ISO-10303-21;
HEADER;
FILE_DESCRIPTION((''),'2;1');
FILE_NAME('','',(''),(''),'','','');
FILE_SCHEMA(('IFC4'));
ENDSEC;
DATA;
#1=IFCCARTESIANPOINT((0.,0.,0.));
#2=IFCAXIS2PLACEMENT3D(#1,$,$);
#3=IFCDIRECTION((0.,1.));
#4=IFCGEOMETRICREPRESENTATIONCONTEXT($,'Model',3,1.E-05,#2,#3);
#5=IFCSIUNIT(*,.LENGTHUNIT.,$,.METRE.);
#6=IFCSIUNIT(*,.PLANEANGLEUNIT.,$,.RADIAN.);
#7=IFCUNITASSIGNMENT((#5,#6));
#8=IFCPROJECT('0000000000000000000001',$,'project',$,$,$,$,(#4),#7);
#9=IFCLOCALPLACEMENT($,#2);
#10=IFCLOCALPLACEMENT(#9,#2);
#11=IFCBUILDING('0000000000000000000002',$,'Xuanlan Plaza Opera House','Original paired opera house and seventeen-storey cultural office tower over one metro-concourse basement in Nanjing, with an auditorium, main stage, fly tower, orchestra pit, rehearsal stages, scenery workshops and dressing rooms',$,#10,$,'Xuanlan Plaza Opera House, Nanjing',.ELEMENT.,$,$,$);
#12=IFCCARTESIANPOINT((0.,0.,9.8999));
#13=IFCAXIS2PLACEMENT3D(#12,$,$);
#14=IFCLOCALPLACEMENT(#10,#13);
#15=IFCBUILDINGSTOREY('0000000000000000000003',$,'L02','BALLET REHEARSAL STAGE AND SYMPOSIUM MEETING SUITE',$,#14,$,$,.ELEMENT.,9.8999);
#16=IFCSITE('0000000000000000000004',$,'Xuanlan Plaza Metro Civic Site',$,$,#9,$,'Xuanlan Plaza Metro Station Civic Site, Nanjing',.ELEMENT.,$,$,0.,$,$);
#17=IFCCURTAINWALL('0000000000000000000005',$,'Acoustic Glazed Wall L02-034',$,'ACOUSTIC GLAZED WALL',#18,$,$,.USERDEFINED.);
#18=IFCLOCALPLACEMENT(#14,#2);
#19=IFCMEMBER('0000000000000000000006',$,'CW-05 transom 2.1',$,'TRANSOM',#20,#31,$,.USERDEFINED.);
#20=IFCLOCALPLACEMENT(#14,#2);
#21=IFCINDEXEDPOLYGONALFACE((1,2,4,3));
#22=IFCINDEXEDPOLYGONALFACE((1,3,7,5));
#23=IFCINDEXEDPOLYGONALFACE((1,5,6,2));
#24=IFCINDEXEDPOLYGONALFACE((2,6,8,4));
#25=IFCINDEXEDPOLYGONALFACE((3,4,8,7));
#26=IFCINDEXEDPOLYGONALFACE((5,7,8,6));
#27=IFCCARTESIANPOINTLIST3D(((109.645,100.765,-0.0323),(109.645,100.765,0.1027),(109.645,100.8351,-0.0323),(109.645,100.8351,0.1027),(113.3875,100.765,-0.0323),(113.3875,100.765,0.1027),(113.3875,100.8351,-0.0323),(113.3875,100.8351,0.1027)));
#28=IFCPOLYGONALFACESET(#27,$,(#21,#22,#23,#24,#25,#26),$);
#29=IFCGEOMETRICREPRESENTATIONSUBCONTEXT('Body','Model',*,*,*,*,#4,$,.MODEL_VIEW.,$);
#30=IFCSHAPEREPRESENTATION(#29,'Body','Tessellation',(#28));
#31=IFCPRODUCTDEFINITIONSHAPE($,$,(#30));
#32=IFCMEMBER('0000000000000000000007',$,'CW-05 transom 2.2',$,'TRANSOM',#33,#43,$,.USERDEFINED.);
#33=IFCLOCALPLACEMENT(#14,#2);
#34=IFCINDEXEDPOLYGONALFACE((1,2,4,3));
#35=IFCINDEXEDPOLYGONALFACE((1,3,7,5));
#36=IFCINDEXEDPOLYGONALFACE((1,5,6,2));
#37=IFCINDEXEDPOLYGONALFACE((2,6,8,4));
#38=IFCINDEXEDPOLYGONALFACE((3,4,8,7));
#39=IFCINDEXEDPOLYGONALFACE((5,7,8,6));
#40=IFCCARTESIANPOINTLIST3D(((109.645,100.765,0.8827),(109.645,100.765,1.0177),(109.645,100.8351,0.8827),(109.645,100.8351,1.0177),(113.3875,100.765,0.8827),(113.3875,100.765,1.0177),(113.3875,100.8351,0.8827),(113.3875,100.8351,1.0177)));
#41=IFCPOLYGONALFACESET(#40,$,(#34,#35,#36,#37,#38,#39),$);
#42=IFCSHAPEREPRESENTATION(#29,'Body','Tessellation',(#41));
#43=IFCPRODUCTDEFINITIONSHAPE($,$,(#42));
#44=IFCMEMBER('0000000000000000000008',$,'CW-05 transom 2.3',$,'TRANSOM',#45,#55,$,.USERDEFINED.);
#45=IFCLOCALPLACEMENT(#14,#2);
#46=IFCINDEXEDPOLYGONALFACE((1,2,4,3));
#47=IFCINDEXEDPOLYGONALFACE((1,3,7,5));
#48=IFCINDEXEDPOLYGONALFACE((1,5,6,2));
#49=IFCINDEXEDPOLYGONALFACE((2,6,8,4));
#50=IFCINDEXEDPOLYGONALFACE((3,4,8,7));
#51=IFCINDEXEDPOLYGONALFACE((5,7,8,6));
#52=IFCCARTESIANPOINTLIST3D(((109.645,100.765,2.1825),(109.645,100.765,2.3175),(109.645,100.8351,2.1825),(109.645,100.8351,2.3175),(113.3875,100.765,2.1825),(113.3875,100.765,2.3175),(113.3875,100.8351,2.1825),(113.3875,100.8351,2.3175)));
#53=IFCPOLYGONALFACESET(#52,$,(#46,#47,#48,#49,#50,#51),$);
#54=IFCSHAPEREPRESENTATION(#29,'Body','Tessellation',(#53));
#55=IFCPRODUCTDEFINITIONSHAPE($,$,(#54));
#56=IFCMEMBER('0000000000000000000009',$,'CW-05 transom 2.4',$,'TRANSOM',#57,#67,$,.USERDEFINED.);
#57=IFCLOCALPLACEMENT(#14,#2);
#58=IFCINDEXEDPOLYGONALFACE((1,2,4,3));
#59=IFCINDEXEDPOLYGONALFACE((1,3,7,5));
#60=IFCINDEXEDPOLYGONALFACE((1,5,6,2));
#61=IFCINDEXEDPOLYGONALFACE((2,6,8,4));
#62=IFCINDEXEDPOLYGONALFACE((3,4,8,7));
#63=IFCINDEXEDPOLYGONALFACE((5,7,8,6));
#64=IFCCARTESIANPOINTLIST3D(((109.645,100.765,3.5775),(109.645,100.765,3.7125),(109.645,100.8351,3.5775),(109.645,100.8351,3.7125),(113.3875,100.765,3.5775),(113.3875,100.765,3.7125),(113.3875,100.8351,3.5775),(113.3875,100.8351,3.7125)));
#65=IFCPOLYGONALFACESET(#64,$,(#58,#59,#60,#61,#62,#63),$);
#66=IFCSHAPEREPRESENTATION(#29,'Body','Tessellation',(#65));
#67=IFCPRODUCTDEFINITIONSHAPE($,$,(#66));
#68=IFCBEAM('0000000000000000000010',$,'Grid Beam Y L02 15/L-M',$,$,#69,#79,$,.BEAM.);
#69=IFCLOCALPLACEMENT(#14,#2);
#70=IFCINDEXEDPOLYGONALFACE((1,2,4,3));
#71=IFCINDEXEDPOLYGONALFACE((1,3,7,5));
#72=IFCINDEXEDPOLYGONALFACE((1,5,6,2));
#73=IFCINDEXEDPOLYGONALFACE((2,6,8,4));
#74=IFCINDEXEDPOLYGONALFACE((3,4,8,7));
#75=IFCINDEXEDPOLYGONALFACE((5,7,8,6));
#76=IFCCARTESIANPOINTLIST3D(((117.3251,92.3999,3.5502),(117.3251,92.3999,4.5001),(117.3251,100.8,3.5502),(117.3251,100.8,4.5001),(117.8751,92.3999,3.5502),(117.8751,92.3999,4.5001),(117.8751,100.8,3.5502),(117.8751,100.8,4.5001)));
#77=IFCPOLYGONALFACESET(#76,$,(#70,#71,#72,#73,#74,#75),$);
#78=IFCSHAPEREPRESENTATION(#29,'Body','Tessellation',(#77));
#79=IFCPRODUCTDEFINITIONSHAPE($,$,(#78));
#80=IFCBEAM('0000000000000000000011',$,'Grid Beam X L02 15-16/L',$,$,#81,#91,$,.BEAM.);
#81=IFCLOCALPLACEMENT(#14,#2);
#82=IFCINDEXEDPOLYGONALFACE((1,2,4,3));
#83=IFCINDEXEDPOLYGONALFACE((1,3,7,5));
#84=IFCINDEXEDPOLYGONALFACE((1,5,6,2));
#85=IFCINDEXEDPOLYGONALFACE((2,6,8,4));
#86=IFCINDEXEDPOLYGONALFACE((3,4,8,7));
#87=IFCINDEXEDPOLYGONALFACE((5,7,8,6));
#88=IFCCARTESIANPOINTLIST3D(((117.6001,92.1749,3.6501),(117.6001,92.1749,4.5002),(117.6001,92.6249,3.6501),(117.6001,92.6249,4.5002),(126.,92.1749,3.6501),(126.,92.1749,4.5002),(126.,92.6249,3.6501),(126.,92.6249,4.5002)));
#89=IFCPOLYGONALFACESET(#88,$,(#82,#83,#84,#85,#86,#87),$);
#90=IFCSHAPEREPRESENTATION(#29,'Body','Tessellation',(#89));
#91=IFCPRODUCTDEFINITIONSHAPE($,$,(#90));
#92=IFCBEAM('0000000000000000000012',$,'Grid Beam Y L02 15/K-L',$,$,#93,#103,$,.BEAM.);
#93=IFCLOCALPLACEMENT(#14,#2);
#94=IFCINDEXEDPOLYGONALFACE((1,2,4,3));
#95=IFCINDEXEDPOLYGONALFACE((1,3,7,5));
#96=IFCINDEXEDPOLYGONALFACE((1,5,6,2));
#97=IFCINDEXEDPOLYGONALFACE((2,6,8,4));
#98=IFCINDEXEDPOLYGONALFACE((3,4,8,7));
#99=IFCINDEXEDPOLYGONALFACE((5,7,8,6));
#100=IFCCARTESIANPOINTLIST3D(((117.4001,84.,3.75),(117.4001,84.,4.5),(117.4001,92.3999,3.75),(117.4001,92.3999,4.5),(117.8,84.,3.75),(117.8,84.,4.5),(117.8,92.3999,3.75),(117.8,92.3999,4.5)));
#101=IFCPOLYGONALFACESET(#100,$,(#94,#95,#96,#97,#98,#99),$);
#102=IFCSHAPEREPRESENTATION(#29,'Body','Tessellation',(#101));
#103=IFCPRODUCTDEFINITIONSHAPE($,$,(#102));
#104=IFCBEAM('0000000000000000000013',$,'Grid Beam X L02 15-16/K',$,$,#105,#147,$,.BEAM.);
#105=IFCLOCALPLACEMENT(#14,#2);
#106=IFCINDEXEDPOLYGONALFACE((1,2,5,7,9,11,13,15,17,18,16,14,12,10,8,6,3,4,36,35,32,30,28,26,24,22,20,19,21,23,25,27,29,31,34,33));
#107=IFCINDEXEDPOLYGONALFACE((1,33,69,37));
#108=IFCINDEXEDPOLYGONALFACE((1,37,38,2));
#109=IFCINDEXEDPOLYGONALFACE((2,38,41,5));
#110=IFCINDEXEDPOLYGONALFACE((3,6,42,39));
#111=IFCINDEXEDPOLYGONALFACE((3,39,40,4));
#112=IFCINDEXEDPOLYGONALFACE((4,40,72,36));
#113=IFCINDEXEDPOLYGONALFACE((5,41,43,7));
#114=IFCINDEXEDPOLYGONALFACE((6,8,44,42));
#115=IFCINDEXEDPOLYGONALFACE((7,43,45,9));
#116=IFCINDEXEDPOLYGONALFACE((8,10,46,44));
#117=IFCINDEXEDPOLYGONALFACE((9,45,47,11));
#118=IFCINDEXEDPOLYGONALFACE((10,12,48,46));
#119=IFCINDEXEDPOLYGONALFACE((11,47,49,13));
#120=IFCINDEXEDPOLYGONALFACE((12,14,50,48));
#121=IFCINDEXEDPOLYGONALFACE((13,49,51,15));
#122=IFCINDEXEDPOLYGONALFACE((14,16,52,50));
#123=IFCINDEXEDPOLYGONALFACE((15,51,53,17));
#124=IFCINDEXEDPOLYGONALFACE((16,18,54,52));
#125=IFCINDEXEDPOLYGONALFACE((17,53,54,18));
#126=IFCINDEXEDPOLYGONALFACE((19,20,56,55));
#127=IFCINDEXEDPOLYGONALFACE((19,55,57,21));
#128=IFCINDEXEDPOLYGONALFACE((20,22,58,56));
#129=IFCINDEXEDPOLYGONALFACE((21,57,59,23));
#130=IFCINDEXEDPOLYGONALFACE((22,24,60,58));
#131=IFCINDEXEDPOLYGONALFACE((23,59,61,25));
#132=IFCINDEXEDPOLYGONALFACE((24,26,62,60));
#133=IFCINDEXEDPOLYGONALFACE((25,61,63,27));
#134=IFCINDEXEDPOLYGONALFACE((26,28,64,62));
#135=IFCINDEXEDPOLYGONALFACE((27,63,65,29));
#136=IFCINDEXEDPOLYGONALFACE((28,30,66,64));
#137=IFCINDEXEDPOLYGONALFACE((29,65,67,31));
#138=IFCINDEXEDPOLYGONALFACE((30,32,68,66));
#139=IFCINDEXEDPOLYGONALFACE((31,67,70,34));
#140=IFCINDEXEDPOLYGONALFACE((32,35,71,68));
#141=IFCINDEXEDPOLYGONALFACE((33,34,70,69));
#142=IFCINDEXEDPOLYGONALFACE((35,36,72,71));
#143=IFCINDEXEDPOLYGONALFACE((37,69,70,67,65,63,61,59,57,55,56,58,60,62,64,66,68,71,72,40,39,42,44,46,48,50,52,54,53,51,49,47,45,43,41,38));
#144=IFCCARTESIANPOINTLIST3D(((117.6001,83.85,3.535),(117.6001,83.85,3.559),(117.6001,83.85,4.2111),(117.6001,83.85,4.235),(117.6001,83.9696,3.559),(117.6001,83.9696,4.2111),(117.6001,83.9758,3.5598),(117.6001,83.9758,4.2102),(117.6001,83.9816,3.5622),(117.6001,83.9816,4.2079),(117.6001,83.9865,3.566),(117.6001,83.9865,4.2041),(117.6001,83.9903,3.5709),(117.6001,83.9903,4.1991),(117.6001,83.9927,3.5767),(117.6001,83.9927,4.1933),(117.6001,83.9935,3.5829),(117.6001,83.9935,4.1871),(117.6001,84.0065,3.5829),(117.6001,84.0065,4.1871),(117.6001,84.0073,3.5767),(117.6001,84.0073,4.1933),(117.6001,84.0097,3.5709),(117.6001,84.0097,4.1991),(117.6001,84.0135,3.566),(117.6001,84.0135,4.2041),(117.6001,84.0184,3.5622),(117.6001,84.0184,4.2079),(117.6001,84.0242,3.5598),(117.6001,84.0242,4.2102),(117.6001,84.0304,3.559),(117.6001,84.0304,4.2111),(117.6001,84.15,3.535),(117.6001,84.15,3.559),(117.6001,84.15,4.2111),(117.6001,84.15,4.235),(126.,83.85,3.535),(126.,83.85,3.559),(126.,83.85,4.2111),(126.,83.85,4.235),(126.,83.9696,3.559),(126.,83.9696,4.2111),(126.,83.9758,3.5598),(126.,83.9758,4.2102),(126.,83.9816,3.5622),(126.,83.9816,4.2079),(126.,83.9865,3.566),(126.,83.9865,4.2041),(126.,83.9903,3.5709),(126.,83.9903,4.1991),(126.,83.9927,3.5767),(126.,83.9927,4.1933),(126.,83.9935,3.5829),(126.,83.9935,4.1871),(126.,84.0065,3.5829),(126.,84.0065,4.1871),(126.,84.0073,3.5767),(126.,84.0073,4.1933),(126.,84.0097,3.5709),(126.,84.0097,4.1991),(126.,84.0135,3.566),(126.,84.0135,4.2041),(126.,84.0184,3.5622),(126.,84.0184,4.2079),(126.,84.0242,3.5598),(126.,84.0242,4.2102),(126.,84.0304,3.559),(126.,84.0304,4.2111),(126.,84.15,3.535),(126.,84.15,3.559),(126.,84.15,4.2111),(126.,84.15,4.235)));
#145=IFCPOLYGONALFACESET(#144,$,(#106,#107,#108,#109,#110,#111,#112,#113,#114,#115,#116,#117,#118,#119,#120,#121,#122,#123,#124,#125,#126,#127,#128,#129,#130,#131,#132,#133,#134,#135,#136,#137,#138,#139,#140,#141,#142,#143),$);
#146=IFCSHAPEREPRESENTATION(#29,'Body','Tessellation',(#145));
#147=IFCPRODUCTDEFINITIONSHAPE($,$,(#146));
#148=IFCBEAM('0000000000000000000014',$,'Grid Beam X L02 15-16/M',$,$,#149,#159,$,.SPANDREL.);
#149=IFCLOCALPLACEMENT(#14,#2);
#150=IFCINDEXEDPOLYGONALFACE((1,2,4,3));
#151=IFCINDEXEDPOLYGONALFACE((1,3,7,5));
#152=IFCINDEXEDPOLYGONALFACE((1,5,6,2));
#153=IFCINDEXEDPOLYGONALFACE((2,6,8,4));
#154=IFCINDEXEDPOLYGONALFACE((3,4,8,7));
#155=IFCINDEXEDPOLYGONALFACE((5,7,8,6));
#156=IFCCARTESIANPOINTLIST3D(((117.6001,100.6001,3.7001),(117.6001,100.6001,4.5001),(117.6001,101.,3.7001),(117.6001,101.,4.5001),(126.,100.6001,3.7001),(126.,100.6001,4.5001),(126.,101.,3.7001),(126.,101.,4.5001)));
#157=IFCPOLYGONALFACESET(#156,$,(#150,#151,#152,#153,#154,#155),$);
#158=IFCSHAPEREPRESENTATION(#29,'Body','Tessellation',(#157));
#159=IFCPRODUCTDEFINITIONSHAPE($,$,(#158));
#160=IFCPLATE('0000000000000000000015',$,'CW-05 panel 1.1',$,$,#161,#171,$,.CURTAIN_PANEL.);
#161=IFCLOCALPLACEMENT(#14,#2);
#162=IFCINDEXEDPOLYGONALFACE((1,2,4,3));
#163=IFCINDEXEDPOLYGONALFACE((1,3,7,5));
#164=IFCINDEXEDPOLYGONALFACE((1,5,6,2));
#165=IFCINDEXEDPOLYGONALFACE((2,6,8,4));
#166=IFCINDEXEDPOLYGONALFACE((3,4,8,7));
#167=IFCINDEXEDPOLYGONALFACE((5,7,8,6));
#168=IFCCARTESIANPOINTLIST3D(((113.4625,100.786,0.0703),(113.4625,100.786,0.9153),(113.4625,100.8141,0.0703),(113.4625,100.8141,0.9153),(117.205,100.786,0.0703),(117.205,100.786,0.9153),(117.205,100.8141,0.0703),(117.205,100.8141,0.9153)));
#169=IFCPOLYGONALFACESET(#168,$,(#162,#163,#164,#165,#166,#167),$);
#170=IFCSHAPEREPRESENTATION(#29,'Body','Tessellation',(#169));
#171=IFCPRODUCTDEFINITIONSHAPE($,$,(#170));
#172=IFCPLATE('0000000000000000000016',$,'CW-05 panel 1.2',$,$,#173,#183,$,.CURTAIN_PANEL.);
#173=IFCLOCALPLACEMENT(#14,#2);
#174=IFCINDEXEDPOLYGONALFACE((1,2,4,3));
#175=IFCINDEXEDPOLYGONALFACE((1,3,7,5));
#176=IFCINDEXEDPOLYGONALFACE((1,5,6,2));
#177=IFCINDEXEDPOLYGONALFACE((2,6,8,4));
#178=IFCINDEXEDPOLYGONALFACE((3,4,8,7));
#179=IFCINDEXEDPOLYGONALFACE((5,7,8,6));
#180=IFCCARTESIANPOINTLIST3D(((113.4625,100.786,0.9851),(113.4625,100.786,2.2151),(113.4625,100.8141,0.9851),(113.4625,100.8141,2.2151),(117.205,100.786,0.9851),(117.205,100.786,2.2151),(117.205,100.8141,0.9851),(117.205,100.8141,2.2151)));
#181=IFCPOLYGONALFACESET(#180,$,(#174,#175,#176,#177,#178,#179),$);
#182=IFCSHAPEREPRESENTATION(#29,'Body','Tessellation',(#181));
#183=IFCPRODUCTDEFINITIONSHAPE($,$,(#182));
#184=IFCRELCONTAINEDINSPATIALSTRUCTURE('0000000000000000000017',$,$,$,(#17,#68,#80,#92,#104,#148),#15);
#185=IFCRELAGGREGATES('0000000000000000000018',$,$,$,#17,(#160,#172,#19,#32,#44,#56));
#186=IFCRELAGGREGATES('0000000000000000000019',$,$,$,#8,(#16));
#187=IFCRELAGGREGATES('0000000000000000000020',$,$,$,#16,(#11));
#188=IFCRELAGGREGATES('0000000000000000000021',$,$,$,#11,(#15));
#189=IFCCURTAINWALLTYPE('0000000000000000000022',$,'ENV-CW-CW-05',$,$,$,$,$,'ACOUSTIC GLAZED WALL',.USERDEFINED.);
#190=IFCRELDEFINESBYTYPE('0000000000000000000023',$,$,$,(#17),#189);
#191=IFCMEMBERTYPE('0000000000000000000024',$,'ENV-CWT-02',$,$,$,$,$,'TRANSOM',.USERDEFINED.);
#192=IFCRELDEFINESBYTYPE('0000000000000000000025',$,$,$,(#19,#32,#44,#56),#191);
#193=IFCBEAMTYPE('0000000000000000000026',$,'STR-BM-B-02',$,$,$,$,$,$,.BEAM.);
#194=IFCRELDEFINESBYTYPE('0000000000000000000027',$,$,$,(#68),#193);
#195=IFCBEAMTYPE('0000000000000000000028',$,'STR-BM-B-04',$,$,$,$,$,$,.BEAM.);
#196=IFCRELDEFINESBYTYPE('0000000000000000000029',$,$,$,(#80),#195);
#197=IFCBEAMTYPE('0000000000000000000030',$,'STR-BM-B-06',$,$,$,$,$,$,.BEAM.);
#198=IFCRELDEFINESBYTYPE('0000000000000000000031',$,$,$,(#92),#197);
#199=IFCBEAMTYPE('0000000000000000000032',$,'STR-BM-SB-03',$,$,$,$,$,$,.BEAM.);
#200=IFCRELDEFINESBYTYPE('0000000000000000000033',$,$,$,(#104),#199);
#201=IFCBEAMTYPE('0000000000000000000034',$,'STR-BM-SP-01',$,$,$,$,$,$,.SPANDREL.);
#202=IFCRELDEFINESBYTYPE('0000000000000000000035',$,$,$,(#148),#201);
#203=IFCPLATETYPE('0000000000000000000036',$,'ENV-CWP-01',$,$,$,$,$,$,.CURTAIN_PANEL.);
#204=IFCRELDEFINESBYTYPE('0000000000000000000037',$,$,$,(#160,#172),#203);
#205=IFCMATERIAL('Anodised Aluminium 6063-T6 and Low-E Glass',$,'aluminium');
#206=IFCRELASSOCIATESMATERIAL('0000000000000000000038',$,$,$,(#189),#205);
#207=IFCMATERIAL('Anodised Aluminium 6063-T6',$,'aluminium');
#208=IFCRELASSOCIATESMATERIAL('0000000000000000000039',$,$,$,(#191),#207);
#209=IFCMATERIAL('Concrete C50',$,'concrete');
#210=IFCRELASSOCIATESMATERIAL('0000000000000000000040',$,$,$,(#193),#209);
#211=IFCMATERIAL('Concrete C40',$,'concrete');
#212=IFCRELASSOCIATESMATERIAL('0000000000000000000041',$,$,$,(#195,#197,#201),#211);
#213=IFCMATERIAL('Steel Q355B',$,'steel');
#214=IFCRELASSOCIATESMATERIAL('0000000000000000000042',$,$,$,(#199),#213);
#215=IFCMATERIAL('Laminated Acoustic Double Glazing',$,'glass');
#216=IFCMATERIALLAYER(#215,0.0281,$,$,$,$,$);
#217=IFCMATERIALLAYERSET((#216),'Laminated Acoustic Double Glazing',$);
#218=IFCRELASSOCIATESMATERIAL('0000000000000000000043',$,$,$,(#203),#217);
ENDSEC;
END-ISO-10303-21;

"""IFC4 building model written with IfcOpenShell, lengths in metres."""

from ifc_helpers import new_model, si_unit, direction, frame, origin, origin_2d, place, context, subcontext, project, spatial, rectangle, i_section, extrude, material, layer, layer_set, material_profile, profile_set, type_object, element, aggregate, save


model = new_model("IFC4")

# Units and contexts
model_context = context("Model", 3, precision=1e-05, world=origin(), true_north=direction((0.0, 1.0)))
body_context = subcontext(model_context, "Body", "Model", "MODEL_VIEW")
ifc_project = project(units=[si_unit("LENGTHUNIT", "METRE"), si_unit("PLANEANGLEUNIT", "RADIAN")], contexts=[model_context])

# Site, building, storey
site_placement = place(None, origin())
site = spatial("IfcSite", under=ifc_project, at=site_placement, Name="Xuanlan Plaza Metro Civic Site", LongName="Xuanlan Plaza Metro Station Civic Site, Nanjing", CompositionType="ELEMENT", RefElevation=0.0)
building_placement = place(site_placement, origin())
building = spatial("IfcBuilding", under=site, at=building_placement, Name="Xuanlan Plaza Opera House", Description="Original paired opera house and seventeen-storey cultural office tower over one metro-concourse basement in Nanjing, with an auditorium, main stage, fly tower, orchestra pit, rehearsal stages, scenery workshops and dressing rooms", LongName="Xuanlan Plaza Opera House, Nanjing", CompositionType="ELEMENT")
storey_placement = place(building_placement, frame((0.0, 0.0, 9.8999)))
storey = spatial("IfcBuildingStorey", under=building, at=storey_placement, Name="L02", Description="BALLET REHEARSAL STAGE AND SYMPOSIUM MEETING SUITE", CompositionType="ELEMENT", Elevation=9.8999)

# Shared definitions
ifc_material_1 = material(Name="Concrete C40", Category="concrete")
ifc_material_2 = material(Name="Steel Q355B", Category="steel")

# Shared definitions
ifc_material_3 = material(Name="Anodised Aluminium 6063-T6 and Low-E Glass", Category="aluminium")
ifc_material_4 = material(Name="Anodised Aluminium 6063-T6", Category="aluminium")

# Curtain wall, members
curtain_wall_type_1 = type_object("IfcCurtainWallType", Name="ENV-CW-CW-05", ElementType="ACOUSTIC GLAZED WALL", PredefinedType="USERDEFINED", material=ifc_material_3)
curtain_wall_1_placement = place(storey_placement, origin())
curtain_wall_1 = element("IfcCurtainWall", 1, at=curtain_wall_1_placement, inside=storey, type_object=curtain_wall_type_1, Name="Acoustic Glazed Wall L02-034", ObjectType="ACOUSTIC GLAZED WALL", PredefinedType="USERDEFINED")
ifc_material_profile_1 = material_profile(ifc_material_4, rectangle(XDim=0.0701, YDim=0.135, at=origin_2d()), Name="ALU-T 70x135")
ifc_profile_set_1 = profile_set([ifc_material_profile_1], Name="Anodised Aluminium 6063-T6")
member_type_1 = type_object("IfcMemberType", Name="ENV-CWT-02", ElementType="TRANSOM", PredefinedType="USERDEFINED", material=ifc_profile_set_1)
member_1_placement = place(storey_placement, frame((113.3875, 100.8, 0.0352), z_axis=(-1.0, 0.0, 0.0), x_axis=(0.0, -1.0, 0.0)))
member_1 = element("IfcMember", 2, at=member_1_placement, type_object=member_type_1, Name="CW-05 transom 2.1", ObjectType="TRANSOM", PredefinedType="USERDEFINED", context=body_context, shape_type="SweptSolid", body=[
    extrude(rectangle(XDim=0.0701, YDim=0.135, at=origin_2d()), origin(), (0.0, 0.0, 1.0), 3.7424),
])
member_2_placement = place(storey_placement, frame((113.3875, 100.8, 0.9502), z_axis=(-1.0, 0.0, 0.0), x_axis=(0.0, -1.0, 0.0)))
member_2 = element("IfcMember", 3, at=member_2_placement, type_object=member_type_1, Name="CW-05 transom 2.2", ObjectType="TRANSOM", PredefinedType="USERDEFINED", context=body_context, shape_type="SweptSolid", body=[
    extrude(rectangle(XDim=0.0701, YDim=0.135, at=origin_2d()), origin(), (0.0, 0.0, 1.0), 3.7424),
])
member_3_placement = place(storey_placement, frame((113.3875, 100.8, 2.25), z_axis=(-1.0, 0.0, 0.0), x_axis=(0.0, -1.0, 0.0)))
member_3 = element("IfcMember", 4, at=member_3_placement, type_object=member_type_1, Name="CW-05 transom 2.3", ObjectType="TRANSOM", PredefinedType="USERDEFINED", context=body_context, shape_type="SweptSolid", body=[
    extrude(rectangle(XDim=0.0701, YDim=0.135, at=origin_2d()), origin(), (0.0, 0.0, 1.0), 3.7424),
])
member_4_placement = place(storey_placement, frame((113.3875, 100.8, 3.645), z_axis=(-1.0, 0.0, 0.0), x_axis=(0.0, -1.0, 0.0)))
member_4 = element("IfcMember", 5, at=member_4_placement, type_object=member_type_1, Name="CW-05 transom 2.4", ObjectType="TRANSOM", PredefinedType="USERDEFINED", context=body_context, shape_type="SweptSolid", body=[
    extrude(rectangle(XDim=0.0701, YDim=0.135, at=origin_2d()), origin(), (0.0, 0.0, 1.0), 3.7424),
])

# Beams
ifc_material_5 = material(Name="Concrete C50", Category="concrete")
ifc_material_profile_2 = material_profile(ifc_material_5, rectangle(XDim=0.55, YDim=0.95, at=origin_2d()), Name="RC-BM 550x950")
ifc_profile_set_2 = profile_set([ifc_material_profile_2], Name="Concrete C50")
beam_type_1 = type_object("IfcBeamType", Name="STR-BM-B-02", PredefinedType="BEAM", material=ifc_profile_set_2)
beam_1_placement = place(storey_placement, frame((117.6001, 92.3999, 4.0251), z_axis=(0.0, 1.0, 0.0), x_axis=(-1.0, 0.0, 0.0)))
element("IfcBeam", 6, at=beam_1_placement, inside=storey, type_object=beam_type_1, Name="Grid Beam Y L02 15/L-M", PredefinedType="BEAM", context=body_context, shape_type="SweptSolid", body=[
    extrude(rectangle(XDim=0.55, YDim=0.95, at=origin_2d()), origin(), (0.0, 0.0, 1.0), 8.4001),
])
ifc_material_profile_3 = material_profile(ifc_material_1, rectangle(XDim=0.45, YDim=0.8501, at=origin_2d()), Name="RC-BM 450x850")
ifc_profile_set_3 = profile_set([ifc_material_profile_3], Name="Concrete C40")
beam_type_2 = type_object("IfcBeamType", Name="STR-BM-B-04", PredefinedType="BEAM", material=ifc_profile_set_3)
beam_2_placement = place(storey_placement, frame((117.6001, 92.3999, 4.0752), z_axis=(1.0, 0.0, 0.0), x_axis=(0.0, 1.0, 0.0)))
element("IfcBeam", 7, at=beam_2_placement, inside=storey, type_object=beam_type_2, Name="Grid Beam X L02 15-16/L", PredefinedType="BEAM", context=body_context, shape_type="SweptSolid", body=[
    extrude(rectangle(XDim=0.45, YDim=0.8501, at=origin_2d()), origin(), (0.0, 0.0, 1.0), 8.3999),
])
ifc_material_profile_4 = material_profile(ifc_material_1, rectangle(XDim=0.3999, YDim=0.75, at=origin_2d()), Name="RC-BM 400x750")
ifc_profile_set_4 = profile_set([ifc_material_profile_4], Name="Concrete C40")
beam_type_3 = type_object("IfcBeamType", Name="STR-BM-B-06", PredefinedType="BEAM", material=ifc_profile_set_4)
beam_3_placement = place(storey_placement, frame((117.6001, 84.0, 4.125), z_axis=(0.0, 1.0, 0.0), x_axis=(-1.0, 0.0, 0.0)))
element("IfcBeam", 8, at=beam_3_placement, inside=storey, type_object=beam_type_3, Name="Grid Beam Y L02 15/K-L", PredefinedType="BEAM", context=body_context, shape_type="SweptSolid", body=[
    extrude(rectangle(XDim=0.3999, YDim=0.75, at=origin_2d()), origin(), (0.0, 0.0, 1.0), 8.3999),
])
ifc_material_profile_5 = material_profile(ifc_material_2, i_section(OverallWidth=0.3, OverallDepth=0.7, WebThickness=0.0129, FlangeThickness=0.0239, FilletRadius=0.0239, at=origin_2d()), Name="HN 700x300x13x24")
ifc_profile_set_5 = profile_set([ifc_material_profile_5], Name="Steel Q355B")
beam_type_4 = type_object("IfcBeamType", Name="STR-BM-SB-03", PredefinedType="BEAM", material=ifc_profile_set_5)
beam_4_placement = place(storey_placement, frame((117.6001, 84.0, 3.885), z_axis=(1.0, 0.0, 0.0), x_axis=(0.0, 1.0, 0.0)))
element("IfcBeam", 9, at=beam_4_placement, inside=storey, type_object=beam_type_4, Name="Grid Beam X L02 15-16/K", PredefinedType="BEAM", context=body_context, shape_type="SweptSolid", body=[
    extrude(i_section(OverallWidth=0.3, OverallDepth=0.7, WebThickness=0.0129, FlangeThickness=0.0239, FilletRadius=0.0239, at=origin_2d()), origin(), (0.0, 0.0, 1.0), 8.3999),
])
ifc_material_profile_6 = material_profile(ifc_material_1, rectangle(XDim=0.3999, YDim=0.8, at=origin_2d()), Name="RC-SPD 400x800")
ifc_profile_set_6 = profile_set([ifc_material_profile_6], Name="Concrete C40")
beam_type_5 = type_object("IfcBeamType", Name="STR-BM-SP-01", PredefinedType="SPANDREL", material=ifc_profile_set_6)
beam_5_placement = place(storey_placement, frame((117.6001, 100.8, 4.1001), z_axis=(1.0, 0.0, 0.0), x_axis=(0.0, 1.0, 0.0)))
element("IfcBeam", 10, at=beam_5_placement, inside=storey, type_object=beam_type_5, Name="Grid Beam X L02 15-16/M", PredefinedType="SPANDREL", context=body_context, shape_type="SweptSolid", body=[
    extrude(rectangle(XDim=0.3999, YDim=0.8, at=origin_2d()), origin(), (0.0, 0.0, 1.0), 8.3999),
])

# Plates
ifc_material_6 = material(Name="Laminated Acoustic Double Glazing", Category="glass")
ifc_layer_1 = layer(ifc_material_6, 0.0281)
ifc_layer_set_1 = layer_set([ifc_layer_1], Name="Laminated Acoustic Double Glazing")
plate_type_1 = type_object("IfcPlateType", Name="ENV-CWP-01", PredefinedType="CURTAIN_PANEL", material=ifc_layer_set_1)
plate_1_placement = place(storey_placement, frame((115.3337, 100.8, 0.0703), z_axis=(0.0, 0.0, 1.0), x_axis=(-1.0, 0.0, 0.0)))
plate_1 = element("IfcPlate", 11, at=plate_1_placement, type_object=plate_type_1, Name="CW-05 panel 1.1", PredefinedType="CURTAIN_PANEL", context=body_context, shape_type="SweptSolid", body=[
    extrude(rectangle(XDim=3.7424, YDim=0.0281, at=origin_2d()), origin(), (0.0, 0.0, 1.0), 0.845),
])
plate_2_placement = place(storey_placement, frame((115.3337, 100.8, 0.9851), z_axis=(0.0, 0.0, 1.0), x_axis=(-1.0, 0.0, 0.0)))
plate_2 = element("IfcPlate", 12, at=plate_2_placement, type_object=plate_type_1, Name="CW-05 panel 1.2", PredefinedType="CURTAIN_PANEL", context=body_context, shape_type="SweptSolid", body=[
    extrude(rectangle(XDim=3.7424, YDim=0.0281, at=origin_2d()), origin(), (0.0, 0.0, 1.0), 1.23),
])
aggregate(curtain_wall_1, [plate_1, plate_2, member_1, member_2, member_3, member_4])

save(model, "model.ifc")
